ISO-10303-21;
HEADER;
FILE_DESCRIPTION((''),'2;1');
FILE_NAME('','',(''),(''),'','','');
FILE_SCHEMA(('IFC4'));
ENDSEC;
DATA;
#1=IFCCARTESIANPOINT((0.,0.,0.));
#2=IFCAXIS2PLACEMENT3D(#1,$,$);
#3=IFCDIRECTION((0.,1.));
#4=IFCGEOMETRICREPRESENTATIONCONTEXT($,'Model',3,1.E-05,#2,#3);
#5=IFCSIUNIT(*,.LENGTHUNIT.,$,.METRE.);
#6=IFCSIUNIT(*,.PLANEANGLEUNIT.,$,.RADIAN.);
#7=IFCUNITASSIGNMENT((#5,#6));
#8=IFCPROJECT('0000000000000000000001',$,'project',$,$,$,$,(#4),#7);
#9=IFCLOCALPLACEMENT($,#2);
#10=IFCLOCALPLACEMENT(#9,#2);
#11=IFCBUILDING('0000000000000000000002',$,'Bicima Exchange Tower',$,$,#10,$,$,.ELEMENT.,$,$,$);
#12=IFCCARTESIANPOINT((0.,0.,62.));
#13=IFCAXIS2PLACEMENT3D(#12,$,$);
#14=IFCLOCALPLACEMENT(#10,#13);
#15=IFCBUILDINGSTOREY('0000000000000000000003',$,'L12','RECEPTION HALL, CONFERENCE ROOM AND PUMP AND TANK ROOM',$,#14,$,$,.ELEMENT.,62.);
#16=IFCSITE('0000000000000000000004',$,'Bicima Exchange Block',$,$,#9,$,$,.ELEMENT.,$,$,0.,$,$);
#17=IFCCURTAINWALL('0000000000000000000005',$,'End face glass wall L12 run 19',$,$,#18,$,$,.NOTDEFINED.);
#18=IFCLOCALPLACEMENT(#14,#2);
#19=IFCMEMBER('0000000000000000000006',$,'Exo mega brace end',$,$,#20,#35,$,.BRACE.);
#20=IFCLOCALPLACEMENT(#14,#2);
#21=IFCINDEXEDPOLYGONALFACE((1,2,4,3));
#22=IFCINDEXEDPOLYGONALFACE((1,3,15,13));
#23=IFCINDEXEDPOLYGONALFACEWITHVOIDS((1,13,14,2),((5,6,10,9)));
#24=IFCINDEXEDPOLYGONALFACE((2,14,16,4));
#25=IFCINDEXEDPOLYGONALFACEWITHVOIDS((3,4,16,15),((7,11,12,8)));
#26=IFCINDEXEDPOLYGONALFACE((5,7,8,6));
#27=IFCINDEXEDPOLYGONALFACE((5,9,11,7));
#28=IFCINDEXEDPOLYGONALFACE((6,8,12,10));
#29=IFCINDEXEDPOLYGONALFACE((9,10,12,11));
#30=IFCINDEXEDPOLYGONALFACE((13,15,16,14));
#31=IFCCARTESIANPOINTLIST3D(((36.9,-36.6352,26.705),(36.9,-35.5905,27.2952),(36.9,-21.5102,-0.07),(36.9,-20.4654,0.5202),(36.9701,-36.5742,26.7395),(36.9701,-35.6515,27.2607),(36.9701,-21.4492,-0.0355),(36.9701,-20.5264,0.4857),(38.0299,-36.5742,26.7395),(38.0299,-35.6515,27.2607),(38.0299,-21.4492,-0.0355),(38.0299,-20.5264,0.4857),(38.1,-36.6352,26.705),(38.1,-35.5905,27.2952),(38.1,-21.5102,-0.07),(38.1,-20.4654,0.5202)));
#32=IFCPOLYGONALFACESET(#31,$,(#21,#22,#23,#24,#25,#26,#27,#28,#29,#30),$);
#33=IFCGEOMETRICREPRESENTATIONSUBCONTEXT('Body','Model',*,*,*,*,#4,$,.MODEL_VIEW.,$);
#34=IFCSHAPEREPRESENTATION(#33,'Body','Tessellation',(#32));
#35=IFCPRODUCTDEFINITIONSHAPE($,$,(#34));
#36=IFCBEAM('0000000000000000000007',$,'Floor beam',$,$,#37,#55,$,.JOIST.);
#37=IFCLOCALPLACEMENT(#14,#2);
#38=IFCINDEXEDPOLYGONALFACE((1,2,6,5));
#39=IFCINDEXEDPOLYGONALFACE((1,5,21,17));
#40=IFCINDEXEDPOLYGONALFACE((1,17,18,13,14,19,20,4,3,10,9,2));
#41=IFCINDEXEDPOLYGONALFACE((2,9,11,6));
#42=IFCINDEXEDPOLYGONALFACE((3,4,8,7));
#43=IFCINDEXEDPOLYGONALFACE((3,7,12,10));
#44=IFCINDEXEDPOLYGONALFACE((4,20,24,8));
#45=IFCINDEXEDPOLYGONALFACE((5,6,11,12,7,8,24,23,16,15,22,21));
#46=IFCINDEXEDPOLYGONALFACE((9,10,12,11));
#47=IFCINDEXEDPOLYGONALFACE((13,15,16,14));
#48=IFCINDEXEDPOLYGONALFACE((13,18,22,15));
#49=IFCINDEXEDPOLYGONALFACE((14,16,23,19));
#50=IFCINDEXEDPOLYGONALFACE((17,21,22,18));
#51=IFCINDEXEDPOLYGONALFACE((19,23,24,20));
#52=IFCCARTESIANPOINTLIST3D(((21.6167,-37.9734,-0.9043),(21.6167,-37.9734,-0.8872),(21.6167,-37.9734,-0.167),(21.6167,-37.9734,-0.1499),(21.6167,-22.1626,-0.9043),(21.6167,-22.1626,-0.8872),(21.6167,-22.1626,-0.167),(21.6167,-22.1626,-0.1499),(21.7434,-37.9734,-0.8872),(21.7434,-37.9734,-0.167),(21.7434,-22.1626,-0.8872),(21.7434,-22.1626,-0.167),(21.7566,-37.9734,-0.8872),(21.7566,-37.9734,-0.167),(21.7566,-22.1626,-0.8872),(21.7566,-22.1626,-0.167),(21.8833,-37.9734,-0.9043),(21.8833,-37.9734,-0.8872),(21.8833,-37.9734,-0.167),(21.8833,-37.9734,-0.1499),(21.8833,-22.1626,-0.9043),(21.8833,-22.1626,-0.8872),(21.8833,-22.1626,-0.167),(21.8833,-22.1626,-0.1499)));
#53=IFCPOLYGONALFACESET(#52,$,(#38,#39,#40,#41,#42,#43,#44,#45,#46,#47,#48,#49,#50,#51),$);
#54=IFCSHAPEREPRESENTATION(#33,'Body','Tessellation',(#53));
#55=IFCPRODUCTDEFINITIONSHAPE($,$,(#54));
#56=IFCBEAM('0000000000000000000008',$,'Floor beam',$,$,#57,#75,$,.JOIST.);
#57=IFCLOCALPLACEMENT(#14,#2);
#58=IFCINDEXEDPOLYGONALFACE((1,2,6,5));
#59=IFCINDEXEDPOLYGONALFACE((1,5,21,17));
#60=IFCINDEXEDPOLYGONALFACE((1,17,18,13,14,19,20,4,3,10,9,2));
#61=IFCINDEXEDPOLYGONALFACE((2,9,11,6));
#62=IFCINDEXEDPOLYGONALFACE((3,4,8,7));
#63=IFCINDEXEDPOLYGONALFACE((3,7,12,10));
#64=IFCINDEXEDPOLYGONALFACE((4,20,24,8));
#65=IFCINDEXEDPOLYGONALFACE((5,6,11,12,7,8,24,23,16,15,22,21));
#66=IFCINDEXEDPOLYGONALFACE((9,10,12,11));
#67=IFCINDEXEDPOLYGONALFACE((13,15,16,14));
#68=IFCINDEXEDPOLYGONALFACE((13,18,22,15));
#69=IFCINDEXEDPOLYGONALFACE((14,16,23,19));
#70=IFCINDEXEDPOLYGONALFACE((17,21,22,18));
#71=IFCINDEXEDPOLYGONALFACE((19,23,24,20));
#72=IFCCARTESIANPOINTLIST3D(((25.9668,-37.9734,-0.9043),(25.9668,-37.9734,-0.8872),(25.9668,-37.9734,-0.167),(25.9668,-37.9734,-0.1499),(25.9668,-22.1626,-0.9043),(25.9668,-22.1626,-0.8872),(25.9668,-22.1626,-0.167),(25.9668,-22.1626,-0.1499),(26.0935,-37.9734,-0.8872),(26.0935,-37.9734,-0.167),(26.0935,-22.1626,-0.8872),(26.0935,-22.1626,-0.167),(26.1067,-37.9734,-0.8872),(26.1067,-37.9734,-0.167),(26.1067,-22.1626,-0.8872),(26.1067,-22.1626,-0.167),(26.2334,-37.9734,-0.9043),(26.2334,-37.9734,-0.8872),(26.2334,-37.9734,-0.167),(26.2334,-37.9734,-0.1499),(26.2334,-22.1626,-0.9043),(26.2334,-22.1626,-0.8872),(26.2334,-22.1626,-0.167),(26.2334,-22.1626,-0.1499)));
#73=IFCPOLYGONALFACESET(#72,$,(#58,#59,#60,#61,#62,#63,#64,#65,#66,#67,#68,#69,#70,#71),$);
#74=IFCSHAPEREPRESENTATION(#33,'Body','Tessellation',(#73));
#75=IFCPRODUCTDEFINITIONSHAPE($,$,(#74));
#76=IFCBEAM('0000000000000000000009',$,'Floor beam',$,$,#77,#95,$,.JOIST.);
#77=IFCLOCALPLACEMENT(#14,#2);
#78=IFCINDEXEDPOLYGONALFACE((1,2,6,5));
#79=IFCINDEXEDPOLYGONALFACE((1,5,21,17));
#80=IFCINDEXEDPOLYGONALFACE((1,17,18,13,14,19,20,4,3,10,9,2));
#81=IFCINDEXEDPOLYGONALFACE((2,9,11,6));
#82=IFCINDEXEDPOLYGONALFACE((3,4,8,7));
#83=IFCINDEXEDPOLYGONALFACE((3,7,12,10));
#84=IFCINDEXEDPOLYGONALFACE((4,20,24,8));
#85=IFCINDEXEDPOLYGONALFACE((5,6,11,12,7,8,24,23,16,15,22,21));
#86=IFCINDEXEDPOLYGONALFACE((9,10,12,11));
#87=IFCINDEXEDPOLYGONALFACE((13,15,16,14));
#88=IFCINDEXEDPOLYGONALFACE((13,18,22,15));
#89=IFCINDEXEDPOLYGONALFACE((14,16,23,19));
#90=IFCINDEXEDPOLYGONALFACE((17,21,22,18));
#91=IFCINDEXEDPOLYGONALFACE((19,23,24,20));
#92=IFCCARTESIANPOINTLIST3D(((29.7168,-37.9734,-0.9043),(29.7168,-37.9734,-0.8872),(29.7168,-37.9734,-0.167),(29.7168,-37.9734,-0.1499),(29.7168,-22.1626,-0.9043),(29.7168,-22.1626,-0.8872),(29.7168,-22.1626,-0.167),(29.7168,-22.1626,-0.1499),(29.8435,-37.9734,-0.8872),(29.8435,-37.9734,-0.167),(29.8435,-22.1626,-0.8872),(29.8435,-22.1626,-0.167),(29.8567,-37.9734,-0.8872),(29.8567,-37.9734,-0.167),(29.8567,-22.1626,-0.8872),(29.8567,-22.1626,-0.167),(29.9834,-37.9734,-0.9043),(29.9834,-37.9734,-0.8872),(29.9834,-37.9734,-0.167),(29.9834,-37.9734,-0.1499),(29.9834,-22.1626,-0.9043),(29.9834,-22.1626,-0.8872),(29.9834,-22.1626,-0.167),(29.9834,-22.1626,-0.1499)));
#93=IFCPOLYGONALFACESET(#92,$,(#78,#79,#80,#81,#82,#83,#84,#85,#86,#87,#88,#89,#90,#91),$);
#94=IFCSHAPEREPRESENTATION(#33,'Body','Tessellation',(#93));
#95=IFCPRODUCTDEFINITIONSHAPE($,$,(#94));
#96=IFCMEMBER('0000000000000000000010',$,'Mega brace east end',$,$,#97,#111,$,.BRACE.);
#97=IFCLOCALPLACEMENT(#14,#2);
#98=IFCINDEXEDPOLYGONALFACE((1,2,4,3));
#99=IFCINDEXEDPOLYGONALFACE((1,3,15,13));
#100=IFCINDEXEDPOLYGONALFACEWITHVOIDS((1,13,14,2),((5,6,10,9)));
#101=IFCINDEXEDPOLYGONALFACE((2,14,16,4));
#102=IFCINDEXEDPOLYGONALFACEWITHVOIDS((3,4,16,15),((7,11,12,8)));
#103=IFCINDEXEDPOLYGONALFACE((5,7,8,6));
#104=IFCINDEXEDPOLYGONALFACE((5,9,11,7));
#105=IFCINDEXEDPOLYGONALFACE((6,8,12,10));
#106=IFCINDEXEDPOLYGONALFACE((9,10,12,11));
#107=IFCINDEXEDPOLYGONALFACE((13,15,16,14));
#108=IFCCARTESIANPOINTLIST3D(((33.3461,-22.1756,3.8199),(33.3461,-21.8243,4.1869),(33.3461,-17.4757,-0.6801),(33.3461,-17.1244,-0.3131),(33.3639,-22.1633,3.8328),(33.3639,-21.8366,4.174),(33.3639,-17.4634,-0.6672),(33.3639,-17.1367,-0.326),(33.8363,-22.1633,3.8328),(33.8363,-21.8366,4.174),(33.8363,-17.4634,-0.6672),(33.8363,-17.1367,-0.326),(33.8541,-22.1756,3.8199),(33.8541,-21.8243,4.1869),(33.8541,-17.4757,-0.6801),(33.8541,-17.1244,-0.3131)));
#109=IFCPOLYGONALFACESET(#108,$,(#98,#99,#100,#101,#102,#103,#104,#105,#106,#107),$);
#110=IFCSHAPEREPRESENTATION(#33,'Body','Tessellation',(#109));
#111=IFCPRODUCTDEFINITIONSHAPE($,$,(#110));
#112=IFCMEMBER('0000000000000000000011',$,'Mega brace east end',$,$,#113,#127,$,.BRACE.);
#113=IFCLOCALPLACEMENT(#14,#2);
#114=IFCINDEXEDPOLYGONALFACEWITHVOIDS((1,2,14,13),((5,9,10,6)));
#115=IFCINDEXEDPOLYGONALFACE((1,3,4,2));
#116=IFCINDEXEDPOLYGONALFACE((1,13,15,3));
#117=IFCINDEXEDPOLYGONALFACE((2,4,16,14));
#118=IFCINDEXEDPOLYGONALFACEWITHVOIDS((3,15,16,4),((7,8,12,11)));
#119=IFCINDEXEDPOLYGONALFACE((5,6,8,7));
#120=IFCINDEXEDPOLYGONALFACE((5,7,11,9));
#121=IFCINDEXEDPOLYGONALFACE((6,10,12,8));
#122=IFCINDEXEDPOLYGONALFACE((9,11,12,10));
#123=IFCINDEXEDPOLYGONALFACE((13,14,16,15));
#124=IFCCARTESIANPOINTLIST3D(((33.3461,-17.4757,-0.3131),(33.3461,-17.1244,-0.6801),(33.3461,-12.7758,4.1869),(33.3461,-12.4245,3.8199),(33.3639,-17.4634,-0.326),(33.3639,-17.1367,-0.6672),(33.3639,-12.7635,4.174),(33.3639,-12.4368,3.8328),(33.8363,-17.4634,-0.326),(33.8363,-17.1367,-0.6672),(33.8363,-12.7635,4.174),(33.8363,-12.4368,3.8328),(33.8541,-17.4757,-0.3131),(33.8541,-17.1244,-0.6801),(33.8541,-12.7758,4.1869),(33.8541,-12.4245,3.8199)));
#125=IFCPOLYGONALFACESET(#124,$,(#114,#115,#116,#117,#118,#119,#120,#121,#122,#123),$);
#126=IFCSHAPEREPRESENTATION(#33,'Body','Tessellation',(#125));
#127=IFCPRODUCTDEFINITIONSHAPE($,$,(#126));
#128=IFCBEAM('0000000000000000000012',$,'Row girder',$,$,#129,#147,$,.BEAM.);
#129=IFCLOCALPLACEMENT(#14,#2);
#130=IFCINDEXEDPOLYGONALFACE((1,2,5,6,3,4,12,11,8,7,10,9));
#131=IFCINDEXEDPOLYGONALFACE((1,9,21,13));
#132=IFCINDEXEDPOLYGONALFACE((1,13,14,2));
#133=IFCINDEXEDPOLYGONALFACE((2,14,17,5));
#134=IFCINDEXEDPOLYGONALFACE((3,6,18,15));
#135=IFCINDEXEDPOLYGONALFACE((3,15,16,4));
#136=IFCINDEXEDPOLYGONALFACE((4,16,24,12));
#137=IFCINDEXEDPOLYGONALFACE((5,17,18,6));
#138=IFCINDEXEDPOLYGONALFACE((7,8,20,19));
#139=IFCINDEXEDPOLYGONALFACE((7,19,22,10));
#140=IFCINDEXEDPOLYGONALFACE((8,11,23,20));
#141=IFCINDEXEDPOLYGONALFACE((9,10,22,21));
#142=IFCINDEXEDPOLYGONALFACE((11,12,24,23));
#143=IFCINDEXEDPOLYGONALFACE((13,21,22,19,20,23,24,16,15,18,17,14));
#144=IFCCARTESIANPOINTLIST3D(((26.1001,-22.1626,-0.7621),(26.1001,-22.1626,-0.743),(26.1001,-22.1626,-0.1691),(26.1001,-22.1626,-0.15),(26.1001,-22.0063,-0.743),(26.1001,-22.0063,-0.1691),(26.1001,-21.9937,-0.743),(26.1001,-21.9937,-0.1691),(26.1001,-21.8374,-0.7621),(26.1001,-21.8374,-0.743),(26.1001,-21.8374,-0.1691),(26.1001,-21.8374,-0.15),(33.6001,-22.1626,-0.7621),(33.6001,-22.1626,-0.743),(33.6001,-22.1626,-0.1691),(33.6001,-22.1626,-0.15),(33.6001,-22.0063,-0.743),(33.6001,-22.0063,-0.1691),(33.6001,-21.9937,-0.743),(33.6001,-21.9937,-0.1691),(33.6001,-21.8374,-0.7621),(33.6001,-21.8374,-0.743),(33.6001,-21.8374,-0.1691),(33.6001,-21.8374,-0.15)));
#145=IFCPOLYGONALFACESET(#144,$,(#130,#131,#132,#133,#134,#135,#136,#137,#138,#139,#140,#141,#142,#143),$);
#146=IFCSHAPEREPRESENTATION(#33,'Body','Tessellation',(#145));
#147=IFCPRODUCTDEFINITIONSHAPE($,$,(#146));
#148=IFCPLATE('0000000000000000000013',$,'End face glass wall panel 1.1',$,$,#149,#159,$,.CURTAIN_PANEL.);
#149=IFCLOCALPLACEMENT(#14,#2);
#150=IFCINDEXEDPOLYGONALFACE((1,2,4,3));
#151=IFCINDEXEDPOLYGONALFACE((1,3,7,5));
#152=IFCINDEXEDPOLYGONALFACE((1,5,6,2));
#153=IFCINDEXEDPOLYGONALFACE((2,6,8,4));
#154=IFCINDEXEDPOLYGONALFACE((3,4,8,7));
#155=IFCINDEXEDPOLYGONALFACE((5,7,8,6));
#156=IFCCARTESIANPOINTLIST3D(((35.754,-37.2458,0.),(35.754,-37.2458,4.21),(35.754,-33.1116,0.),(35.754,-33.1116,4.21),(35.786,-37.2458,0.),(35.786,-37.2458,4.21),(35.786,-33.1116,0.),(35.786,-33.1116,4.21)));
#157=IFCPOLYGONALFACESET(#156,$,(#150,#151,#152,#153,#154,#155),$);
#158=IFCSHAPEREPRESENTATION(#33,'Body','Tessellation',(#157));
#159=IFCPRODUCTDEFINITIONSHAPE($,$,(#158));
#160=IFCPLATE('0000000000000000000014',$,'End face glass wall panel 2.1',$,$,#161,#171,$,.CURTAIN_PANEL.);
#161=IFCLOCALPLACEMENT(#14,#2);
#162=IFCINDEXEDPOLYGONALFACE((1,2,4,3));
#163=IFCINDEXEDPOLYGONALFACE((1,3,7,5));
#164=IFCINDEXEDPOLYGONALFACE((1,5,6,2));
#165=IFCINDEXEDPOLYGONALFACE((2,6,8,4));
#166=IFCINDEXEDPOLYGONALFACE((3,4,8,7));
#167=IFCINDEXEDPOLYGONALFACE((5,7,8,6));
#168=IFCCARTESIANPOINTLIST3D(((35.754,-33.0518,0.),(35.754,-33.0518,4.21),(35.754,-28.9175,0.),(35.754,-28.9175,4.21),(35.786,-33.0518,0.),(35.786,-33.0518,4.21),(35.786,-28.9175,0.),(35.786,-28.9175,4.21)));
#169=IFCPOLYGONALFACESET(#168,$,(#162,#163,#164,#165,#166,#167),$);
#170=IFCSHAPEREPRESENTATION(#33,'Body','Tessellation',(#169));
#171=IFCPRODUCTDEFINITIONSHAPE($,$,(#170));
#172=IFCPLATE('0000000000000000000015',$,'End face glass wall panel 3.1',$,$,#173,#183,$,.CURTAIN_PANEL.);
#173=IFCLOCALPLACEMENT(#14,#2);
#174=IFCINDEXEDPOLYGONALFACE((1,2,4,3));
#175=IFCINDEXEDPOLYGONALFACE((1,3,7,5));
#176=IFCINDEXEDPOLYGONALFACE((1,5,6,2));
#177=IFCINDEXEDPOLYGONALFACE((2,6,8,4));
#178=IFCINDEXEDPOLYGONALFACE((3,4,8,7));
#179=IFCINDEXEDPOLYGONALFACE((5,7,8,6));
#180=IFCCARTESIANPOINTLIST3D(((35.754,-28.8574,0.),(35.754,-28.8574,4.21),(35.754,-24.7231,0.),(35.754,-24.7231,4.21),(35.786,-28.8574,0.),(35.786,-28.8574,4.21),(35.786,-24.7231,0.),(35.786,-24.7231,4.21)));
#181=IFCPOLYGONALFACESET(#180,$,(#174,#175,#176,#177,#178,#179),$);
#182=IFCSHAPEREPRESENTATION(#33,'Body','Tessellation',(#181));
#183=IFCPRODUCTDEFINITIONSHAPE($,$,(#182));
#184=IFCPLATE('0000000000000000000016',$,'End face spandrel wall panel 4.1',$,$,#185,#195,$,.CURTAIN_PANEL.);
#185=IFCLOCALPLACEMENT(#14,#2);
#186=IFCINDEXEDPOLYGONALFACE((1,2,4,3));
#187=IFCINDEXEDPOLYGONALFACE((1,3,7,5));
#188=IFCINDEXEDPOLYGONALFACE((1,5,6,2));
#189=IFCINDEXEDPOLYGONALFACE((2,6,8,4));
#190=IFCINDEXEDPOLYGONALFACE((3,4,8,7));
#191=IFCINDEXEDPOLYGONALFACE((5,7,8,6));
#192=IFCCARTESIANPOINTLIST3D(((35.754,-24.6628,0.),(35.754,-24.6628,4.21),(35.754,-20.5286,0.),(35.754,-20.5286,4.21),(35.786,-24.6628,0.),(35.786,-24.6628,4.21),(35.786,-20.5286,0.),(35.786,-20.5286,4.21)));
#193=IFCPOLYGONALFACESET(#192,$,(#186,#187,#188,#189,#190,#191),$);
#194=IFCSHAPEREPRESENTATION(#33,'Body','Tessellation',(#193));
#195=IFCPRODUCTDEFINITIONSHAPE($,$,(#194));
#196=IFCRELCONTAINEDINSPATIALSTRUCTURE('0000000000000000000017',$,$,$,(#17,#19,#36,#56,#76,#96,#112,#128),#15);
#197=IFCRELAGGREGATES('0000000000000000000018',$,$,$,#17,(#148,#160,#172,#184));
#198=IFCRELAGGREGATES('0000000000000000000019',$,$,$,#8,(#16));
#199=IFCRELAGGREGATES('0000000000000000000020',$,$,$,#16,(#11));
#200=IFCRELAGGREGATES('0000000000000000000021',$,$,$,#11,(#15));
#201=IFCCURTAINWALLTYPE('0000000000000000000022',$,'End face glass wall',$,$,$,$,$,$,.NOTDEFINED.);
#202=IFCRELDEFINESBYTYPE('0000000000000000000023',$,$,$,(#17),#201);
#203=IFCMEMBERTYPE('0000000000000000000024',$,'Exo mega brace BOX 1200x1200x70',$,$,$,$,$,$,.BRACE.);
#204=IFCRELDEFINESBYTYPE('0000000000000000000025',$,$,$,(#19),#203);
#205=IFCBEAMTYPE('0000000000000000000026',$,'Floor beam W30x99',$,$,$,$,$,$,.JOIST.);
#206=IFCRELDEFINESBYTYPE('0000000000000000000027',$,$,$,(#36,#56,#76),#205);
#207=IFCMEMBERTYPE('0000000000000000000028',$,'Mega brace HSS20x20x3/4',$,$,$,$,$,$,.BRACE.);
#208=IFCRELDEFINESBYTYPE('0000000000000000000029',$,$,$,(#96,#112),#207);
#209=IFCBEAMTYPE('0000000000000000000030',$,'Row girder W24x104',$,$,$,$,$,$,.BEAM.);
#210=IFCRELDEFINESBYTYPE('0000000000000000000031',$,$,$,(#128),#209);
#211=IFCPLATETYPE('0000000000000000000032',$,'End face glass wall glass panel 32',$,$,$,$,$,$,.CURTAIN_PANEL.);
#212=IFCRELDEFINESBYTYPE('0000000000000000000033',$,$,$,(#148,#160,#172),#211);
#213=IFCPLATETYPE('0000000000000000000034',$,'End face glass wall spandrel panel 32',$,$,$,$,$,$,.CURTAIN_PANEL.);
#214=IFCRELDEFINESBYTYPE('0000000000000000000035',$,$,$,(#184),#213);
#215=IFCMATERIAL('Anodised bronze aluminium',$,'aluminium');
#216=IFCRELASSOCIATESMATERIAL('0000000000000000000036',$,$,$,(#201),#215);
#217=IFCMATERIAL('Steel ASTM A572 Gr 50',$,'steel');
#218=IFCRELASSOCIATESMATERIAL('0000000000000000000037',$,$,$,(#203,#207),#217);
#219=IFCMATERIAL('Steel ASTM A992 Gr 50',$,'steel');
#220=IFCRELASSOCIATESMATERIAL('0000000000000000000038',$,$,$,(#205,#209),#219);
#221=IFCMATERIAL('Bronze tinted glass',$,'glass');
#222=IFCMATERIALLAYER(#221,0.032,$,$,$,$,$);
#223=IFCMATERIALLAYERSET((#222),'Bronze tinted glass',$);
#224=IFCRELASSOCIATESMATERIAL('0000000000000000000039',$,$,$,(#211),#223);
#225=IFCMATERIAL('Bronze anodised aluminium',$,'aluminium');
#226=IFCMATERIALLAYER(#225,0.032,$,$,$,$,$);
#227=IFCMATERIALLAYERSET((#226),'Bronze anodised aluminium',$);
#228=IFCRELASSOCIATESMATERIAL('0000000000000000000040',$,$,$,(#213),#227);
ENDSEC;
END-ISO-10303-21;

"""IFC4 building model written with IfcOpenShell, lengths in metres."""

from ifc_helpers import new_model, si_unit, direction, frame, origin, origin_2d, place, context, subcontext, project, spatial, rectangle, hollow_rectangle, i_section, extrude, material, layer, layer_set, material_profile, profile_set, type_object, element, aggregate, save


model = new_model("IFC4")

# Units and contexts
model_context = context("Model", 3, precision=1e-05, world=origin(), true_north=direction((0.0, 1.0)))
body_context = subcontext(model_context, "Body", "Model", "MODEL_VIEW")
ifc_project = project(units=[si_unit("LENGTHUNIT", "METRE"), si_unit("PLANEANGLEUNIT", "RADIAN")], contexts=[model_context])

# Site, building, storey
site_placement = place(None, origin())
site = spatial("IfcSite", under=ifc_project, at=site_placement, Name="Bicima Exchange Block", CompositionType="ELEMENT", RefElevation=0.0)
building_placement = place(site_placement, origin())
building = spatial("IfcBuilding", under=site, at=building_placement, Name="Bicima Exchange Tower", CompositionType="ELEMENT")
storey_placement = place(building_placement, frame((0.0, 0.0, 62.0)))
storey = spatial("IfcBuildingStorey", under=building, at=storey_placement, Name="L12", Description="RECEPTION HALL, CONFERENCE ROOM AND PUMP AND TANK ROOM", CompositionType="ELEMENT", Elevation=62.0)

# Shared definitions
ifc_material_1 = material(Name="Steel ASTM A992 Gr 50", Category="steel")

# Curtain wall
ifc_material_2 = material(Name="Anodised bronze aluminium", Category="aluminium")
curtain_wall_type = type_object("IfcCurtainWallType", Name="End face glass wall", PredefinedType="NOTDEFINED", material=ifc_material_2)
curtain_wall_placement = place(storey_placement, origin())
curtain_wall = element("IfcCurtainWall", 1, at=curtain_wall_placement, inside=storey, type_object=curtain_wall_type, Name="End face glass wall L12 run 19", PredefinedType="NOTDEFINED")

# Member
ifc_material_3 = material(Name="Steel ASTM A572 Gr 50", Category="steel")
ifc_material_profile_1 = material_profile(ifc_material_3, hollow_rectangle(XDim=1.2, YDim=1.2, WallThickness=0.0701, at=origin_2d()))
ifc_profile_set_1 = profile_set([ifc_material_profile_1], Name="Steel ASTM A572 Gr 50")
member_type_1 = type_object("IfcMemberType", Name="Exo mega brace BOX 1200x1200x70", PredefinedType="BRACE", material=ifc_profile_set_1)
member_1_placement = place(storey_placement, frame((37.5, -20.9878, 0.2251), z_axis=(0.0, -0.491844, 0.870683), x_axis=(1.0, 0.0, 0.0)))
element("IfcMember", 2, at=member_1_placement, inside=storey, type_object=member_type_1, Name="Exo mega brace end", PredefinedType="BRACE", context=body_context, shape_type="SweptSolid", body=[
    extrude(hollow_rectangle(XDim=1.2, YDim=1.2, WallThickness=0.0701, at=origin_2d()), origin(), (0.0, 0.0, 1.0), 30.7517),
])

# Beams
ifc_material_profile_2 = material_profile(ifc_material_1, i_section(OverallWidth=0.2666, OverallDepth=0.7544, WebThickness=0.0132, FlangeThickness=0.0171, at=origin_2d()))
ifc_profile_set_2 = profile_set([ifc_material_profile_2], Name="Steel ASTM A992 Gr 50")
beam_type_1 = type_object("IfcBeamType", Name="Floor beam W30x99", PredefinedType="JOIST", material=ifc_profile_set_2)
for number, where, z_axis, x_axis, name in (
    (3, (21.75, -22.1626, -0.5271), (0.0, -1.0, 0.0), (1.0, 0.0, 0.0), "Floor beam"),
    (4, (26.1001, -22.1626, -0.5271), (0.0, -1.0, 0.0), (1.0, 0.0, 0.0), "Floor beam"),
    (5, (29.8501, -22.1626, -0.5271), (0.0, -1.0, 0.0), (1.0, 0.0, 0.0), "Floor beam"),
):
    element("IfcBeam", number, at=place(storey_placement, frame(where, z_axis=z_axis, x_axis=x_axis)), inside=storey, type_object=beam_type_1, Name=name, PredefinedType="JOIST", context=body_context, shape_type="SweptSolid", body=[
        extrude(i_section(OverallWidth=0.2666, OverallDepth=0.7544, WebThickness=0.0132, FlangeThickness=0.0171, at=origin_2d()), origin(), (0.0, 0.0, 1.0), 15.8108),
    ])

# Members
ifc_material_profile_3 = material_profile(ifc_material_3, hollow_rectangle(XDim=0.5081, YDim=0.5081, WallThickness=0.0178, at=origin_2d()))
ifc_profile_set_3 = profile_set([ifc_material_profile_3], Name="Steel ASTM A572 Gr 50")
member_type_2 = type_object("IfcMemberType", Name="Mega brace HSS20x20x3/4", PredefinedType="BRACE", material=ifc_profile_set_3)
for number, where, z_axis, x_axis, name in (
    (6, (33.6001, -17.3, -0.4966), (0.0, -0.722304, 0.691575), (1.0, 0.0, 0.0), "Mega brace east end"),
    (7, (33.6001, -17.3, -0.4966), (0.0, 0.722304, 0.691575), (-1.0, 0.0, 0.0), "Mega brace east end"),
):
    element("IfcMember", number, at=place(storey_placement, frame(where, z_axis=z_axis, x_axis=x_axis)), inside=storey, type_object=member_type_2, Name=name, PredefinedType="BRACE", context=body_context, shape_type="SweptSolid", body=[
        extrude(hollow_rectangle(XDim=0.5081, YDim=0.5081, WallThickness=0.0178, at=origin_2d()), origin(), (0.0, 0.0, 1.0), 6.5068),
    ])

# Beam
ifc_material_profile_4 = material_profile(ifc_material_1, i_section(OverallWidth=0.3252, OverallDepth=0.6121, WebThickness=0.0127, FlangeThickness=0.019, at=origin_2d()))
ifc_profile_set_4 = profile_set([ifc_material_profile_4], Name="Steel ASTM A992 Gr 50")
beam_type_2 = type_object("IfcBeamType", Name="Row girder W24x104", PredefinedType="BEAM", material=ifc_profile_set_4)
beam_1_placement = place(storey_placement, frame((26.1001, -22.0, -0.4561), z_axis=(1.0, 0.0, 0.0), x_axis=(0.0, 1.0, 0.0)))
element("IfcBeam", 8, at=beam_1_placement, inside=storey, type_object=beam_type_2, Name="Row girder", PredefinedType="BEAM", context=body_context, shape_type="SweptSolid", body=[
    extrude(i_section(OverallWidth=0.3252, OverallDepth=0.6121, WebThickness=0.0127, FlangeThickness=0.019, at=origin_2d()), origin(), (0.0, 0.0, 1.0), 7.5),
])

# Plates
ifc_material_4 = material(Name="Bronze tinted glass", Category="glass")
ifc_layer_1 = layer(ifc_material_4, 0.032)
ifc_layer_set_1 = layer_set([ifc_layer_1], Name="Bronze tinted glass")
plate_type_1 = type_object("IfcPlateType", Name="End face glass wall glass panel 32", PredefinedType="CURTAIN_PANEL", material=ifc_layer_set_1)
plate_1_placement = place(storey_placement, frame((35.77, -35.1787, 0.0), z_axis=(0.0, 0.0, 1.0), x_axis=(0.0, 1.0, 0.0)))
plate_1 = element("IfcPlate", 9, at=plate_1_placement, type_object=plate_type_1, Name="End face glass wall panel 1.1", PredefinedType="CURTAIN_PANEL", context=body_context, shape_type="SweptSolid", body=[
    extrude(rectangle(XDim=4.1343, YDim=0.032, at=origin_2d()), origin(), (0.0, 0.0, 1.0), 4.21),
])
plate_2_placement = place(storey_placement, frame((35.77, -30.9846, 0.0), z_axis=(0.0, 0.0, 1.0), x_axis=(0.0, 1.0, 0.0)))
plate_2 = element("IfcPlate", 10, at=plate_2_placement, type_object=plate_type_1, Name="End face glass wall panel 2.1", PredefinedType="CURTAIN_PANEL", context=body_context, shape_type="SweptSolid", body=[
    extrude(rectangle(XDim=4.1343, YDim=0.032, at=origin_2d()), origin(), (0.0, 0.0, 1.0), 4.21),
])
plate_3_placement = place(storey_placement, frame((35.77, -26.7903, 0.0), z_axis=(0.0, 0.0, 1.0), x_axis=(0.0, 1.0, 0.0)))
plate_3 = element("IfcPlate", 11, at=plate_3_placement, type_object=plate_type_1, Name="End face glass wall panel 3.1", PredefinedType="CURTAIN_PANEL", context=body_context, shape_type="SweptSolid", body=[
    extrude(rectangle(XDim=4.1343, YDim=0.032, at=origin_2d()), origin(), (0.0, 0.0, 1.0), 4.21),
])
ifc_material_5 = material(Name="Bronze anodised aluminium", Category="aluminium")
ifc_layer_2 = layer(ifc_material_5, 0.032)
ifc_layer_set_2 = layer_set([ifc_layer_2], Name="Bronze anodised aluminium")
plate_type_2 = type_object("IfcPlateType", Name="End face glass wall spandrel panel 32", PredefinedType="CURTAIN_PANEL", material=ifc_layer_set_2)
plate_4_placement = place(storey_placement, frame((35.77, -22.5957, 0.0), z_axis=(0.0, 0.0, 1.0), x_axis=(0.0, 1.0, 0.0)))
plate_4 = element("IfcPlate", 12, at=plate_4_placement, type_object=plate_type_2, Name="End face spandrel wall panel 4.1", PredefinedType="CURTAIN_PANEL", context=body_context, shape_type="SweptSolid", body=[
    extrude(rectangle(XDim=4.1343, YDim=0.032, at=origin_2d()), origin(), (0.0, 0.0, 1.0), 4.21),
])
aggregate(curtain_wall, [plate_1, plate_2, plate_3, plate_4])

save(model, "model.ifc")
